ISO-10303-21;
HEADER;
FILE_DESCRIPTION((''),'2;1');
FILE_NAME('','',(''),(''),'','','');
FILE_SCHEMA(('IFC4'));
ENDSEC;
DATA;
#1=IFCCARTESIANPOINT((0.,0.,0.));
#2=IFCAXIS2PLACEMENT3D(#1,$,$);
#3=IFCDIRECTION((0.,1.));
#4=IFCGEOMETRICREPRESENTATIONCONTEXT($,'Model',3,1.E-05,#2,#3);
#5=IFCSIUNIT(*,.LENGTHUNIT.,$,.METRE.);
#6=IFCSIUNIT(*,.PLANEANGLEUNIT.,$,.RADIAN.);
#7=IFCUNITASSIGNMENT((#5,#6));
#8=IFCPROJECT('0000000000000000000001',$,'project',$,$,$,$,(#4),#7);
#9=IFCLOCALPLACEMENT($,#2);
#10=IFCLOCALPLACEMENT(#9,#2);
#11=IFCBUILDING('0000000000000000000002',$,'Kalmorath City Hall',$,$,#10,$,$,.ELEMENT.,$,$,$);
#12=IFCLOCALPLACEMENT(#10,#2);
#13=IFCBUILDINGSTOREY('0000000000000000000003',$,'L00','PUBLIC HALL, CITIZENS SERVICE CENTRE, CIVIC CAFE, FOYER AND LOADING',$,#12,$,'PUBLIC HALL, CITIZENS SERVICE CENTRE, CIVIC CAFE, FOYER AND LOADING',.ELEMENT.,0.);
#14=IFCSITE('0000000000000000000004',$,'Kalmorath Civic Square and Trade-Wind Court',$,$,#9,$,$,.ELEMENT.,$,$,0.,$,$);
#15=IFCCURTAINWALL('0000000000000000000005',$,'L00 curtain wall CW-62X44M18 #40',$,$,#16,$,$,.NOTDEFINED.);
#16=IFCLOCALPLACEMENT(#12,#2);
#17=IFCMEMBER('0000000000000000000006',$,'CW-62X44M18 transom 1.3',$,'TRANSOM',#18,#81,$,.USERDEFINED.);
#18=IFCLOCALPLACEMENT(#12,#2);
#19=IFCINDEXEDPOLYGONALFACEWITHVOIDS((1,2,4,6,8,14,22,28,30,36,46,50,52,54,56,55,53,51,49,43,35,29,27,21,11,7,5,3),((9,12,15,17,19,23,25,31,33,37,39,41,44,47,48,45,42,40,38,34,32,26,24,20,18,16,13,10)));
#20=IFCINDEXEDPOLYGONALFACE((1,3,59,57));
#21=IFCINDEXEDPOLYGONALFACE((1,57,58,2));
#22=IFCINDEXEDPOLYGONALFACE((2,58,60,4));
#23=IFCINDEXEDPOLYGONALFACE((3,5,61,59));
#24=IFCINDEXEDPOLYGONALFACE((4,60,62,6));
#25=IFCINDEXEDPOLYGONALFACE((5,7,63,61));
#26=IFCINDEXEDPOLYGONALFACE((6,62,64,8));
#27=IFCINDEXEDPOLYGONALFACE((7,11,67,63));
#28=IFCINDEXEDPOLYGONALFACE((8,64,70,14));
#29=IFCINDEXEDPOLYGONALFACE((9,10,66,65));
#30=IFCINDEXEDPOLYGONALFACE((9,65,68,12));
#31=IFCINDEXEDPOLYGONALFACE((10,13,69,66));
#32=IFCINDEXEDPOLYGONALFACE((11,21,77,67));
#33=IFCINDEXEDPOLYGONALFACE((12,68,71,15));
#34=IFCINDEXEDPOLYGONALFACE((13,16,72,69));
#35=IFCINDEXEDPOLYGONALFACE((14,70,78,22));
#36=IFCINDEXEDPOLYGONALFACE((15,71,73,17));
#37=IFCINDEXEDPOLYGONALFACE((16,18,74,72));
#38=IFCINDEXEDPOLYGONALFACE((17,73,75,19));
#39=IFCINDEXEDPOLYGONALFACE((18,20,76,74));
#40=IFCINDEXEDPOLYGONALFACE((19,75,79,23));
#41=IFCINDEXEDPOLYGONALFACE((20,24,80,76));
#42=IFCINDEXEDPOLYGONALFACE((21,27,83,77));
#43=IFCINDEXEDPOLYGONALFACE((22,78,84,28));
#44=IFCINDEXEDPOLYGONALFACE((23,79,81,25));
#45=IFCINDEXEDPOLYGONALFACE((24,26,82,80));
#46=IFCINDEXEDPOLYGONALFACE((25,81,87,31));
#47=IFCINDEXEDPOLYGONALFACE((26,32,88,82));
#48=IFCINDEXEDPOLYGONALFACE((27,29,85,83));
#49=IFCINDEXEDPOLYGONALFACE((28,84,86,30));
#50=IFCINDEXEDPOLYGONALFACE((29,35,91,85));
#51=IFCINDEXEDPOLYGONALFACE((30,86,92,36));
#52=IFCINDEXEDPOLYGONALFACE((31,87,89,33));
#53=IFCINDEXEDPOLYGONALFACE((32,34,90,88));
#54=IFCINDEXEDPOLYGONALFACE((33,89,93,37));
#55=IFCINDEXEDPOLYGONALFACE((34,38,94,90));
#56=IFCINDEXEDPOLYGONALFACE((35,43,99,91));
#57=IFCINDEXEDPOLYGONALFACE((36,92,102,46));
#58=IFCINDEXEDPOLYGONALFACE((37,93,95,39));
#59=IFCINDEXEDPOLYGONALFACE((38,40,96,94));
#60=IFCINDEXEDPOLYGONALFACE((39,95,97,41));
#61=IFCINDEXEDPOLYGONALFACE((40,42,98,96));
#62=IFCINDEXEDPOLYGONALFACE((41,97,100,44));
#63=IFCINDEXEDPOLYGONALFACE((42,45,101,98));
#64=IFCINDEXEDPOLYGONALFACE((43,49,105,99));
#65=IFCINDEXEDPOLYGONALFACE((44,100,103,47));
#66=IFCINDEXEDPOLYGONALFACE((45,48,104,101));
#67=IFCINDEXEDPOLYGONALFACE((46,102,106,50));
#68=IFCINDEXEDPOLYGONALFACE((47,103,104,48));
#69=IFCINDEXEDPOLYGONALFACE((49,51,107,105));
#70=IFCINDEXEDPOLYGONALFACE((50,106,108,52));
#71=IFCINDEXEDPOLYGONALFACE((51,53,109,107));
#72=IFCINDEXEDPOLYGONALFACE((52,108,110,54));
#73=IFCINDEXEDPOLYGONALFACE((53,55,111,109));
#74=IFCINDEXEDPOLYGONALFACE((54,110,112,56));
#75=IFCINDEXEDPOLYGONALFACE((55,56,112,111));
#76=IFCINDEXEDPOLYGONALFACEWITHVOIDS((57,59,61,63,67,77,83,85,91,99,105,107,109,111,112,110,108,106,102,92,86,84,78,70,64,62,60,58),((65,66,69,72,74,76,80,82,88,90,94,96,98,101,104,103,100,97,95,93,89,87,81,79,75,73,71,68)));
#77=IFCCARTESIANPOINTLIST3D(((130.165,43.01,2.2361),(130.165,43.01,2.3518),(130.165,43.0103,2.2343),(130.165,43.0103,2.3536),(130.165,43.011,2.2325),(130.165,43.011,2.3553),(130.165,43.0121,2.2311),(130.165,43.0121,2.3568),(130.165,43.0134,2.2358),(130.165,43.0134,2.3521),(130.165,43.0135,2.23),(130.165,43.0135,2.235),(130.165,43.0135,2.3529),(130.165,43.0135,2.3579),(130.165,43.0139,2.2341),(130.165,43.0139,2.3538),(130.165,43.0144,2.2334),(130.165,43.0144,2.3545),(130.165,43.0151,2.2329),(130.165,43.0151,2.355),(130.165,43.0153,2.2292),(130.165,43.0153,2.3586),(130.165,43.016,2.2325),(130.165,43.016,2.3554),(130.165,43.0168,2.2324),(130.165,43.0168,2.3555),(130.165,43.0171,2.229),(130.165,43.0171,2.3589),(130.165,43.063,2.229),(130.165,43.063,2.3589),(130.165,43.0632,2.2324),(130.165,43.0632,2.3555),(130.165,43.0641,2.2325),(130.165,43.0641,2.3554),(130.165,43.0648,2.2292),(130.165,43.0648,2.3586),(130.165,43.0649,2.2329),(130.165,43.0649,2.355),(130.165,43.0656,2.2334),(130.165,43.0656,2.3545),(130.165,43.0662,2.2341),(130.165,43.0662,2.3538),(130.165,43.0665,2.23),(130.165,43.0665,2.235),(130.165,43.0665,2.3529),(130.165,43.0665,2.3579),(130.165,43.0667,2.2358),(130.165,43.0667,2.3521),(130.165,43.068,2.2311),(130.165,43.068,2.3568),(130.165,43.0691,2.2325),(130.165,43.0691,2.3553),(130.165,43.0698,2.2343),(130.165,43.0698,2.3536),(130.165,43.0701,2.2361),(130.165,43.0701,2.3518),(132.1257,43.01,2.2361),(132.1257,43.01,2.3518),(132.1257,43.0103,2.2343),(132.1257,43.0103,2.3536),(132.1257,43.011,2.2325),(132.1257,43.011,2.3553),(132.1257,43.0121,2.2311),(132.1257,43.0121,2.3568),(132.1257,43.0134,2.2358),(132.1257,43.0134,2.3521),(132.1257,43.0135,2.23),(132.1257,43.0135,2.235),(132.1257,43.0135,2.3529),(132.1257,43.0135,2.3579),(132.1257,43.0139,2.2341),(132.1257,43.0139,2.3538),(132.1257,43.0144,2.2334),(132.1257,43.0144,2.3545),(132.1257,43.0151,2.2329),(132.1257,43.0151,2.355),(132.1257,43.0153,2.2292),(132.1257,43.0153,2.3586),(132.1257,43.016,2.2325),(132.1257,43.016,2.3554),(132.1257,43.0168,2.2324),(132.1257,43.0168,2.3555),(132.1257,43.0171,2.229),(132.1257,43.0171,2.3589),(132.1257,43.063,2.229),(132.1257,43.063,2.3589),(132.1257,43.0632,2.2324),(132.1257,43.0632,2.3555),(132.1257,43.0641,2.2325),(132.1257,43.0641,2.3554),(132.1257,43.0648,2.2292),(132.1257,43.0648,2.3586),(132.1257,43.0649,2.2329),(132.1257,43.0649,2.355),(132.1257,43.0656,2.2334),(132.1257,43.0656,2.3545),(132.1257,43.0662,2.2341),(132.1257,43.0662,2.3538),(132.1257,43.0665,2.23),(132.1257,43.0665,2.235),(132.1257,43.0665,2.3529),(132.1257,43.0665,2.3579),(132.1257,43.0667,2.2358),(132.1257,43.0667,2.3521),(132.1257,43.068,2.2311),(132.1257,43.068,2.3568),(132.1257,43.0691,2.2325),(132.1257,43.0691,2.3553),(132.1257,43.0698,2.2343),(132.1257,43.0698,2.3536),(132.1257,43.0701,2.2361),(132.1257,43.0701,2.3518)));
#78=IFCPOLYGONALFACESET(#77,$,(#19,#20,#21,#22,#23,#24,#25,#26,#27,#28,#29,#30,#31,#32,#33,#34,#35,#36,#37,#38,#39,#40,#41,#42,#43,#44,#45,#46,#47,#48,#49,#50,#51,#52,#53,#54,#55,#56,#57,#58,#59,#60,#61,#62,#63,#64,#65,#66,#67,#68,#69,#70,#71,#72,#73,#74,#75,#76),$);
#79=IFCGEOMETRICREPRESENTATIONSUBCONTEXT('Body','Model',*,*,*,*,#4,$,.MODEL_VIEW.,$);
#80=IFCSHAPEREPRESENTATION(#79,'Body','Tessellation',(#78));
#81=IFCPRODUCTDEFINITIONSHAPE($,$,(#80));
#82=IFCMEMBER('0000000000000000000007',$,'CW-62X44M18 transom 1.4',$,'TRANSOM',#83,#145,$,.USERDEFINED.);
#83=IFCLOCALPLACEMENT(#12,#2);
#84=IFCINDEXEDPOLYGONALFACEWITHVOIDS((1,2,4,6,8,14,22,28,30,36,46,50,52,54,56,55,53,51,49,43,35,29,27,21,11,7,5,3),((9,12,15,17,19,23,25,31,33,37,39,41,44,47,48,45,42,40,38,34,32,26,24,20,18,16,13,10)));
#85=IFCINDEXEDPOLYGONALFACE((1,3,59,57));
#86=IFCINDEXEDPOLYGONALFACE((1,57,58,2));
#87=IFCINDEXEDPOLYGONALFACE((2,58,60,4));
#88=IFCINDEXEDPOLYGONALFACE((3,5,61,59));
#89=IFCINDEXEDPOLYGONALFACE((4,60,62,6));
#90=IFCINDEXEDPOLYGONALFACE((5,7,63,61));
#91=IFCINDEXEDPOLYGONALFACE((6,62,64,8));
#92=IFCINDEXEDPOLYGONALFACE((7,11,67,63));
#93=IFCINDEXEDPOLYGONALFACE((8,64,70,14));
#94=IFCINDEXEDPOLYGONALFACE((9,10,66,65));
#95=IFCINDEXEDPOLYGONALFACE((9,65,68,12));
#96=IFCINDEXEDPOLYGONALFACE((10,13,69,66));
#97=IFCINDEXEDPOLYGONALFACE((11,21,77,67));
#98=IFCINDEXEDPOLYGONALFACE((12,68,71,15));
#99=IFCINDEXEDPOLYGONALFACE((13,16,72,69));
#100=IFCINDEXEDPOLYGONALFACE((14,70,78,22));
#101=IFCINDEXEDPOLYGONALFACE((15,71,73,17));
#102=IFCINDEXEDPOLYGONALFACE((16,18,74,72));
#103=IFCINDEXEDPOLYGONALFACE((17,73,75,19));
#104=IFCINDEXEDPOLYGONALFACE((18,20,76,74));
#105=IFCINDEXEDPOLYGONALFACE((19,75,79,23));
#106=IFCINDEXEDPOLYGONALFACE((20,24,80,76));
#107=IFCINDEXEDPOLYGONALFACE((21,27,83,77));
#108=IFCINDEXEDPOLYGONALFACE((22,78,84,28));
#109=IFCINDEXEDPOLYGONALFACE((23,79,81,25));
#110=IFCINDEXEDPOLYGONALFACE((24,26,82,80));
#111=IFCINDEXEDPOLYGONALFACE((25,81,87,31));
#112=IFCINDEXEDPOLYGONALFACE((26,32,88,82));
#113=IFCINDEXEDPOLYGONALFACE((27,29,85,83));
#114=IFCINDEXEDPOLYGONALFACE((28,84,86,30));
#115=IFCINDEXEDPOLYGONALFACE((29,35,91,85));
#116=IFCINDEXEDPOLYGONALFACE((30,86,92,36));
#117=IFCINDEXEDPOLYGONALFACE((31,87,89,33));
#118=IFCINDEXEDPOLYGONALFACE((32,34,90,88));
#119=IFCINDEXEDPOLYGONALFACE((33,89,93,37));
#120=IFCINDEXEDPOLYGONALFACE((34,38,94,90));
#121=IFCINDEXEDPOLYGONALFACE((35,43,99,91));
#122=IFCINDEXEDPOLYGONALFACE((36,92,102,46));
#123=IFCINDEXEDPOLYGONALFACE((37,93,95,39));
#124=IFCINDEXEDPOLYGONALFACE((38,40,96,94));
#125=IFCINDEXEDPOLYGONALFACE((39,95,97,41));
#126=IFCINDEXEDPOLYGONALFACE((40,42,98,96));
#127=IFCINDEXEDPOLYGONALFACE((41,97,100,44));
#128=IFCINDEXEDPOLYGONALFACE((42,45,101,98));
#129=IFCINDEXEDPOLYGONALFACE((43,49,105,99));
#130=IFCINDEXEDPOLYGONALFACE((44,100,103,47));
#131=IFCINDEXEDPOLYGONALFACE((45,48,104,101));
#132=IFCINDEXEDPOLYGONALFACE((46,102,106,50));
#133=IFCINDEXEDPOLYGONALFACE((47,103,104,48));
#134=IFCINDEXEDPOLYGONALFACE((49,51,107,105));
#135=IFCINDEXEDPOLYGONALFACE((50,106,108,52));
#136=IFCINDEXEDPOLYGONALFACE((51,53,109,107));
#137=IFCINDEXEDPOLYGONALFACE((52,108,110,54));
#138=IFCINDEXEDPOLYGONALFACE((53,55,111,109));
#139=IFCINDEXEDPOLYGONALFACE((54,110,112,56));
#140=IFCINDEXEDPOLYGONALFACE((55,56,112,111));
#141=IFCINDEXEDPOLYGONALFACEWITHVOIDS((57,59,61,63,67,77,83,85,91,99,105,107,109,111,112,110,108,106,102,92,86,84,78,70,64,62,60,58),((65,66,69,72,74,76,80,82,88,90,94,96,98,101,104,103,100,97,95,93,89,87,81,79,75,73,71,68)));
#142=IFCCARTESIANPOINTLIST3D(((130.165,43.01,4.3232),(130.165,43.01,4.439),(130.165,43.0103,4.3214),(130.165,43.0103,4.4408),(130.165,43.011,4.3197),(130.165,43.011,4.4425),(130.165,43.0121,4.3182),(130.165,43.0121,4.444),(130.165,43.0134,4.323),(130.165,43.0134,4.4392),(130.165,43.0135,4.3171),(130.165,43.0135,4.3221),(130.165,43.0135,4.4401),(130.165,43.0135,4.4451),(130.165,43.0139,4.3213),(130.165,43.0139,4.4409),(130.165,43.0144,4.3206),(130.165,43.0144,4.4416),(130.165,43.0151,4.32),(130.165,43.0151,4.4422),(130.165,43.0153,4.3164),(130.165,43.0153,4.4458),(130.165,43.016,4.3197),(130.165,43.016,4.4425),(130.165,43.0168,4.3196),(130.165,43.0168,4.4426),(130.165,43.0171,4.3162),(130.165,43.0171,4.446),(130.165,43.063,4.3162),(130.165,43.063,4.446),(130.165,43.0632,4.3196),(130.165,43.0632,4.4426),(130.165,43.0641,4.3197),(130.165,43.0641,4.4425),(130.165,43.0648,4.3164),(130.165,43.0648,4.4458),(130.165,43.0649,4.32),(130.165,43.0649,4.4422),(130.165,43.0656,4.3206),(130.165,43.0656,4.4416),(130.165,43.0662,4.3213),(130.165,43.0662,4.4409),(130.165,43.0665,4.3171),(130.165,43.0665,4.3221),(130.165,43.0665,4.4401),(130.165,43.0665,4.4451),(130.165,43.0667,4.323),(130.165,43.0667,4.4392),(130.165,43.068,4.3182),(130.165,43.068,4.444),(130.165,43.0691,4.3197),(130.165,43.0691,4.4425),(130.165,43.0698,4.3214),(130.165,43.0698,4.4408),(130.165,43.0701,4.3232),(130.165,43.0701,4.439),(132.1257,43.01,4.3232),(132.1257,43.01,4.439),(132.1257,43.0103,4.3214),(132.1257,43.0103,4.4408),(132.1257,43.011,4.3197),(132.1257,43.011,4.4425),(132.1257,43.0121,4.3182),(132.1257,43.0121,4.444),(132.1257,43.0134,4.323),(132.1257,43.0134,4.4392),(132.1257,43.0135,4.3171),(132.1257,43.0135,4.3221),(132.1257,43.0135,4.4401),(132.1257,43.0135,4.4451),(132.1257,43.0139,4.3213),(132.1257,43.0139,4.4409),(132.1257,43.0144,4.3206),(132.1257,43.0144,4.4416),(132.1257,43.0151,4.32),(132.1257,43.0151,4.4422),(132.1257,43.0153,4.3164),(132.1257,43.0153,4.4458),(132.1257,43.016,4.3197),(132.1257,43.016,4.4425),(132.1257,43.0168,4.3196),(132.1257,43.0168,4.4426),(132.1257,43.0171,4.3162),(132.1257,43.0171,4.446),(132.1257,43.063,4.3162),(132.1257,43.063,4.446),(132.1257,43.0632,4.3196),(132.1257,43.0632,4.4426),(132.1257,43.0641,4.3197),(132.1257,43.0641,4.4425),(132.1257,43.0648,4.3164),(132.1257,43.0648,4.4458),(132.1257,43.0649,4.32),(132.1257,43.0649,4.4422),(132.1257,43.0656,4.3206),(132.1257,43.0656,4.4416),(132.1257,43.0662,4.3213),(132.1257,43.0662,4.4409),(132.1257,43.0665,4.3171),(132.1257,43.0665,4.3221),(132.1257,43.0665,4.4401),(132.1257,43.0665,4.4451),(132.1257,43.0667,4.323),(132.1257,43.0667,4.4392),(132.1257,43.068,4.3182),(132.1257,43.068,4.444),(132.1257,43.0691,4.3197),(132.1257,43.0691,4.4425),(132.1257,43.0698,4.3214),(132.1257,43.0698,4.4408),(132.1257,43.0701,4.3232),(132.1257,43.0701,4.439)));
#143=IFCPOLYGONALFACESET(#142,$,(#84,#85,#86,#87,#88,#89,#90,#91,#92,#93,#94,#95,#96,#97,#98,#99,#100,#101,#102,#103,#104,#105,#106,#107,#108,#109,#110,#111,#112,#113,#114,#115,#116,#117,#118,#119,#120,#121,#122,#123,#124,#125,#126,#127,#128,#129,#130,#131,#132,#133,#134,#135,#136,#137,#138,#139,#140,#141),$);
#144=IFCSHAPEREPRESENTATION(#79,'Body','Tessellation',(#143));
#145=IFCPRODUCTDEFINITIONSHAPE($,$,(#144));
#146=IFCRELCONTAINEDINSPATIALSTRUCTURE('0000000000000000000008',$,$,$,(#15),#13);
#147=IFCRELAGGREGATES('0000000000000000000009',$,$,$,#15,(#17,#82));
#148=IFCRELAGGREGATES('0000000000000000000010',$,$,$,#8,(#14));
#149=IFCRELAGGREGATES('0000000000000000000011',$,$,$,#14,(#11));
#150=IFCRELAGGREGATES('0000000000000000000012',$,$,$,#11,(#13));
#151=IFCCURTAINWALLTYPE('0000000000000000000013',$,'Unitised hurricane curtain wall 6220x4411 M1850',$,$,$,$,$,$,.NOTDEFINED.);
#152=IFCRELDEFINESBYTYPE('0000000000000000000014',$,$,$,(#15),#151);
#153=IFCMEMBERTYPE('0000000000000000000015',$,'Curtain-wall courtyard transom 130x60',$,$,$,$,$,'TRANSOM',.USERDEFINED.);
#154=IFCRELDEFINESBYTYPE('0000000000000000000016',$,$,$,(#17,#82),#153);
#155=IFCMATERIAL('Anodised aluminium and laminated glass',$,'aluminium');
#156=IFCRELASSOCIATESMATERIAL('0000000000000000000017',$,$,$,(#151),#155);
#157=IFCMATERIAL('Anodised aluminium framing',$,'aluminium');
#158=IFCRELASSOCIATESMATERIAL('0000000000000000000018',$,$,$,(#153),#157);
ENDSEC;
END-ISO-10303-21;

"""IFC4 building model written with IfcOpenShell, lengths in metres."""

from ifc_helpers import new_model, si_unit, direction, frame, origin, origin_2d, place, context, subcontext, project, spatial, hollow_rectangle, extrude, material, material_profile, profile_set, type_object, element, aggregate, save


model = new_model("IFC4")

# Units and contexts
model_context = context("Model", 3, precision=1e-05, world=origin(), true_north=direction((0.0, 1.0)))
body_context = subcontext(model_context, "Body", "Model", "MODEL_VIEW")
ifc_project = project(units=[si_unit("LENGTHUNIT", "METRE"), si_unit("PLANEANGLEUNIT", "RADIAN")], contexts=[model_context])

# Site, building, storey
site_placement = place(None, origin())
site = spatial("IfcSite", under=ifc_project, at=site_placement, Name="Kalmorath Civic Square and Trade-Wind Court", CompositionType="ELEMENT", RefElevation=0.0)
building_placement = place(site_placement, origin())
building = spatial("IfcBuilding", under=site, at=building_placement, Name="Kalmorath City Hall", CompositionType="ELEMENT")
storey_placement = place(building_placement, origin())
storey = spatial("IfcBuildingStorey", under=building, at=storey_placement, Name="L00", Description="PUBLIC HALL, CITIZENS SERVICE CENTRE, CIVIC CAFE, FOYER AND LOADING", LongName="PUBLIC HALL, CITIZENS SERVICE CENTRE, CIVIC CAFE, FOYER AND LOADING", CompositionType="ELEMENT", Elevation=0.0)

# Curtain wall, members
ifc_material_1 = material(Name="Anodised aluminium and laminated glass", Category="aluminium")
curtain_wall_type = type_object("IfcCurtainWallType", Name="Unitised hurricane curtain wall 6220x4411 M1850", PredefinedType="NOTDEFINED", material=ifc_material_1)
curtain_wall_placement = place(storey_placement, origin())
curtain_wall = element("IfcCurtainWall", 1, at=curtain_wall_placement, inside=storey, type_object=curtain_wall_type, Name="L00 curtain wall CW-62X44M18 #40", PredefinedType="NOTDEFINED")
ifc_material_2 = material(Name="Anodised aluminium framing", Category="aluminium")
ifc_material_profile_1 = material_profile(ifc_material_2, hollow_rectangle(XDim=0.0601, YDim=0.1299, WallThickness=0.0034, InnerFilletRadius=0.0034, OuterFilletRadius=0.0071, at=origin_2d()), Name="ALU-TRN-130X60X3.5")
ifc_profile_set_1 = profile_set([ifc_material_profile_1], Name="Anodised aluminium framing")
member_type_1 = type_object("IfcMemberType", Name="Curtain-wall courtyard transom 130x60", ElementType="TRANSOM", PredefinedType="USERDEFINED", material=ifc_profile_set_1)
member_1_placement = place(storey_placement, frame((130.165, 43.04, 2.2939), z_axis=(1.0, 0.0, 0.0), x_axis=(0.0, 1.0, 0.0)))
member_1 = element("IfcMember", 2, at=member_1_placement, type_object=member_type_1, Name="CW-62X44M18 transom 1.3", ObjectType="TRANSOM", PredefinedType="USERDEFINED", context=body_context, shape_type="SweptSolid", body=[
    extrude(hollow_rectangle(XDim=0.0601, YDim=0.1299, WallThickness=0.0034, InnerFilletRadius=0.0034, OuterFilletRadius=0.0071, at=origin_2d()), origin(), (0.0, 0.0, 1.0), 1.9607),
])
member_2_placement = place(storey_placement, frame((130.165, 43.04, 4.3811), z_axis=(1.0, 0.0, 0.0), x_axis=(0.0, 1.0, 0.0)))
member_2 = element("IfcMember", 3, at=member_2_placement, type_object=member_type_1, Name="CW-62X44M18 transom 1.4", ObjectType="TRANSOM", PredefinedType="USERDEFINED", context=body_context, shape_type="SweptSolid", body=[
    extrude(hollow_rectangle(XDim=0.0601, YDim=0.1299, WallThickness=0.0034, InnerFilletRadius=0.0034, OuterFilletRadius=0.0071, at=origin_2d()), origin(), (0.0, 0.0, 1.0), 1.9607),
])

aggregate(curtain_wall, [member_1, member_2])

save(model, "model.ifc")
